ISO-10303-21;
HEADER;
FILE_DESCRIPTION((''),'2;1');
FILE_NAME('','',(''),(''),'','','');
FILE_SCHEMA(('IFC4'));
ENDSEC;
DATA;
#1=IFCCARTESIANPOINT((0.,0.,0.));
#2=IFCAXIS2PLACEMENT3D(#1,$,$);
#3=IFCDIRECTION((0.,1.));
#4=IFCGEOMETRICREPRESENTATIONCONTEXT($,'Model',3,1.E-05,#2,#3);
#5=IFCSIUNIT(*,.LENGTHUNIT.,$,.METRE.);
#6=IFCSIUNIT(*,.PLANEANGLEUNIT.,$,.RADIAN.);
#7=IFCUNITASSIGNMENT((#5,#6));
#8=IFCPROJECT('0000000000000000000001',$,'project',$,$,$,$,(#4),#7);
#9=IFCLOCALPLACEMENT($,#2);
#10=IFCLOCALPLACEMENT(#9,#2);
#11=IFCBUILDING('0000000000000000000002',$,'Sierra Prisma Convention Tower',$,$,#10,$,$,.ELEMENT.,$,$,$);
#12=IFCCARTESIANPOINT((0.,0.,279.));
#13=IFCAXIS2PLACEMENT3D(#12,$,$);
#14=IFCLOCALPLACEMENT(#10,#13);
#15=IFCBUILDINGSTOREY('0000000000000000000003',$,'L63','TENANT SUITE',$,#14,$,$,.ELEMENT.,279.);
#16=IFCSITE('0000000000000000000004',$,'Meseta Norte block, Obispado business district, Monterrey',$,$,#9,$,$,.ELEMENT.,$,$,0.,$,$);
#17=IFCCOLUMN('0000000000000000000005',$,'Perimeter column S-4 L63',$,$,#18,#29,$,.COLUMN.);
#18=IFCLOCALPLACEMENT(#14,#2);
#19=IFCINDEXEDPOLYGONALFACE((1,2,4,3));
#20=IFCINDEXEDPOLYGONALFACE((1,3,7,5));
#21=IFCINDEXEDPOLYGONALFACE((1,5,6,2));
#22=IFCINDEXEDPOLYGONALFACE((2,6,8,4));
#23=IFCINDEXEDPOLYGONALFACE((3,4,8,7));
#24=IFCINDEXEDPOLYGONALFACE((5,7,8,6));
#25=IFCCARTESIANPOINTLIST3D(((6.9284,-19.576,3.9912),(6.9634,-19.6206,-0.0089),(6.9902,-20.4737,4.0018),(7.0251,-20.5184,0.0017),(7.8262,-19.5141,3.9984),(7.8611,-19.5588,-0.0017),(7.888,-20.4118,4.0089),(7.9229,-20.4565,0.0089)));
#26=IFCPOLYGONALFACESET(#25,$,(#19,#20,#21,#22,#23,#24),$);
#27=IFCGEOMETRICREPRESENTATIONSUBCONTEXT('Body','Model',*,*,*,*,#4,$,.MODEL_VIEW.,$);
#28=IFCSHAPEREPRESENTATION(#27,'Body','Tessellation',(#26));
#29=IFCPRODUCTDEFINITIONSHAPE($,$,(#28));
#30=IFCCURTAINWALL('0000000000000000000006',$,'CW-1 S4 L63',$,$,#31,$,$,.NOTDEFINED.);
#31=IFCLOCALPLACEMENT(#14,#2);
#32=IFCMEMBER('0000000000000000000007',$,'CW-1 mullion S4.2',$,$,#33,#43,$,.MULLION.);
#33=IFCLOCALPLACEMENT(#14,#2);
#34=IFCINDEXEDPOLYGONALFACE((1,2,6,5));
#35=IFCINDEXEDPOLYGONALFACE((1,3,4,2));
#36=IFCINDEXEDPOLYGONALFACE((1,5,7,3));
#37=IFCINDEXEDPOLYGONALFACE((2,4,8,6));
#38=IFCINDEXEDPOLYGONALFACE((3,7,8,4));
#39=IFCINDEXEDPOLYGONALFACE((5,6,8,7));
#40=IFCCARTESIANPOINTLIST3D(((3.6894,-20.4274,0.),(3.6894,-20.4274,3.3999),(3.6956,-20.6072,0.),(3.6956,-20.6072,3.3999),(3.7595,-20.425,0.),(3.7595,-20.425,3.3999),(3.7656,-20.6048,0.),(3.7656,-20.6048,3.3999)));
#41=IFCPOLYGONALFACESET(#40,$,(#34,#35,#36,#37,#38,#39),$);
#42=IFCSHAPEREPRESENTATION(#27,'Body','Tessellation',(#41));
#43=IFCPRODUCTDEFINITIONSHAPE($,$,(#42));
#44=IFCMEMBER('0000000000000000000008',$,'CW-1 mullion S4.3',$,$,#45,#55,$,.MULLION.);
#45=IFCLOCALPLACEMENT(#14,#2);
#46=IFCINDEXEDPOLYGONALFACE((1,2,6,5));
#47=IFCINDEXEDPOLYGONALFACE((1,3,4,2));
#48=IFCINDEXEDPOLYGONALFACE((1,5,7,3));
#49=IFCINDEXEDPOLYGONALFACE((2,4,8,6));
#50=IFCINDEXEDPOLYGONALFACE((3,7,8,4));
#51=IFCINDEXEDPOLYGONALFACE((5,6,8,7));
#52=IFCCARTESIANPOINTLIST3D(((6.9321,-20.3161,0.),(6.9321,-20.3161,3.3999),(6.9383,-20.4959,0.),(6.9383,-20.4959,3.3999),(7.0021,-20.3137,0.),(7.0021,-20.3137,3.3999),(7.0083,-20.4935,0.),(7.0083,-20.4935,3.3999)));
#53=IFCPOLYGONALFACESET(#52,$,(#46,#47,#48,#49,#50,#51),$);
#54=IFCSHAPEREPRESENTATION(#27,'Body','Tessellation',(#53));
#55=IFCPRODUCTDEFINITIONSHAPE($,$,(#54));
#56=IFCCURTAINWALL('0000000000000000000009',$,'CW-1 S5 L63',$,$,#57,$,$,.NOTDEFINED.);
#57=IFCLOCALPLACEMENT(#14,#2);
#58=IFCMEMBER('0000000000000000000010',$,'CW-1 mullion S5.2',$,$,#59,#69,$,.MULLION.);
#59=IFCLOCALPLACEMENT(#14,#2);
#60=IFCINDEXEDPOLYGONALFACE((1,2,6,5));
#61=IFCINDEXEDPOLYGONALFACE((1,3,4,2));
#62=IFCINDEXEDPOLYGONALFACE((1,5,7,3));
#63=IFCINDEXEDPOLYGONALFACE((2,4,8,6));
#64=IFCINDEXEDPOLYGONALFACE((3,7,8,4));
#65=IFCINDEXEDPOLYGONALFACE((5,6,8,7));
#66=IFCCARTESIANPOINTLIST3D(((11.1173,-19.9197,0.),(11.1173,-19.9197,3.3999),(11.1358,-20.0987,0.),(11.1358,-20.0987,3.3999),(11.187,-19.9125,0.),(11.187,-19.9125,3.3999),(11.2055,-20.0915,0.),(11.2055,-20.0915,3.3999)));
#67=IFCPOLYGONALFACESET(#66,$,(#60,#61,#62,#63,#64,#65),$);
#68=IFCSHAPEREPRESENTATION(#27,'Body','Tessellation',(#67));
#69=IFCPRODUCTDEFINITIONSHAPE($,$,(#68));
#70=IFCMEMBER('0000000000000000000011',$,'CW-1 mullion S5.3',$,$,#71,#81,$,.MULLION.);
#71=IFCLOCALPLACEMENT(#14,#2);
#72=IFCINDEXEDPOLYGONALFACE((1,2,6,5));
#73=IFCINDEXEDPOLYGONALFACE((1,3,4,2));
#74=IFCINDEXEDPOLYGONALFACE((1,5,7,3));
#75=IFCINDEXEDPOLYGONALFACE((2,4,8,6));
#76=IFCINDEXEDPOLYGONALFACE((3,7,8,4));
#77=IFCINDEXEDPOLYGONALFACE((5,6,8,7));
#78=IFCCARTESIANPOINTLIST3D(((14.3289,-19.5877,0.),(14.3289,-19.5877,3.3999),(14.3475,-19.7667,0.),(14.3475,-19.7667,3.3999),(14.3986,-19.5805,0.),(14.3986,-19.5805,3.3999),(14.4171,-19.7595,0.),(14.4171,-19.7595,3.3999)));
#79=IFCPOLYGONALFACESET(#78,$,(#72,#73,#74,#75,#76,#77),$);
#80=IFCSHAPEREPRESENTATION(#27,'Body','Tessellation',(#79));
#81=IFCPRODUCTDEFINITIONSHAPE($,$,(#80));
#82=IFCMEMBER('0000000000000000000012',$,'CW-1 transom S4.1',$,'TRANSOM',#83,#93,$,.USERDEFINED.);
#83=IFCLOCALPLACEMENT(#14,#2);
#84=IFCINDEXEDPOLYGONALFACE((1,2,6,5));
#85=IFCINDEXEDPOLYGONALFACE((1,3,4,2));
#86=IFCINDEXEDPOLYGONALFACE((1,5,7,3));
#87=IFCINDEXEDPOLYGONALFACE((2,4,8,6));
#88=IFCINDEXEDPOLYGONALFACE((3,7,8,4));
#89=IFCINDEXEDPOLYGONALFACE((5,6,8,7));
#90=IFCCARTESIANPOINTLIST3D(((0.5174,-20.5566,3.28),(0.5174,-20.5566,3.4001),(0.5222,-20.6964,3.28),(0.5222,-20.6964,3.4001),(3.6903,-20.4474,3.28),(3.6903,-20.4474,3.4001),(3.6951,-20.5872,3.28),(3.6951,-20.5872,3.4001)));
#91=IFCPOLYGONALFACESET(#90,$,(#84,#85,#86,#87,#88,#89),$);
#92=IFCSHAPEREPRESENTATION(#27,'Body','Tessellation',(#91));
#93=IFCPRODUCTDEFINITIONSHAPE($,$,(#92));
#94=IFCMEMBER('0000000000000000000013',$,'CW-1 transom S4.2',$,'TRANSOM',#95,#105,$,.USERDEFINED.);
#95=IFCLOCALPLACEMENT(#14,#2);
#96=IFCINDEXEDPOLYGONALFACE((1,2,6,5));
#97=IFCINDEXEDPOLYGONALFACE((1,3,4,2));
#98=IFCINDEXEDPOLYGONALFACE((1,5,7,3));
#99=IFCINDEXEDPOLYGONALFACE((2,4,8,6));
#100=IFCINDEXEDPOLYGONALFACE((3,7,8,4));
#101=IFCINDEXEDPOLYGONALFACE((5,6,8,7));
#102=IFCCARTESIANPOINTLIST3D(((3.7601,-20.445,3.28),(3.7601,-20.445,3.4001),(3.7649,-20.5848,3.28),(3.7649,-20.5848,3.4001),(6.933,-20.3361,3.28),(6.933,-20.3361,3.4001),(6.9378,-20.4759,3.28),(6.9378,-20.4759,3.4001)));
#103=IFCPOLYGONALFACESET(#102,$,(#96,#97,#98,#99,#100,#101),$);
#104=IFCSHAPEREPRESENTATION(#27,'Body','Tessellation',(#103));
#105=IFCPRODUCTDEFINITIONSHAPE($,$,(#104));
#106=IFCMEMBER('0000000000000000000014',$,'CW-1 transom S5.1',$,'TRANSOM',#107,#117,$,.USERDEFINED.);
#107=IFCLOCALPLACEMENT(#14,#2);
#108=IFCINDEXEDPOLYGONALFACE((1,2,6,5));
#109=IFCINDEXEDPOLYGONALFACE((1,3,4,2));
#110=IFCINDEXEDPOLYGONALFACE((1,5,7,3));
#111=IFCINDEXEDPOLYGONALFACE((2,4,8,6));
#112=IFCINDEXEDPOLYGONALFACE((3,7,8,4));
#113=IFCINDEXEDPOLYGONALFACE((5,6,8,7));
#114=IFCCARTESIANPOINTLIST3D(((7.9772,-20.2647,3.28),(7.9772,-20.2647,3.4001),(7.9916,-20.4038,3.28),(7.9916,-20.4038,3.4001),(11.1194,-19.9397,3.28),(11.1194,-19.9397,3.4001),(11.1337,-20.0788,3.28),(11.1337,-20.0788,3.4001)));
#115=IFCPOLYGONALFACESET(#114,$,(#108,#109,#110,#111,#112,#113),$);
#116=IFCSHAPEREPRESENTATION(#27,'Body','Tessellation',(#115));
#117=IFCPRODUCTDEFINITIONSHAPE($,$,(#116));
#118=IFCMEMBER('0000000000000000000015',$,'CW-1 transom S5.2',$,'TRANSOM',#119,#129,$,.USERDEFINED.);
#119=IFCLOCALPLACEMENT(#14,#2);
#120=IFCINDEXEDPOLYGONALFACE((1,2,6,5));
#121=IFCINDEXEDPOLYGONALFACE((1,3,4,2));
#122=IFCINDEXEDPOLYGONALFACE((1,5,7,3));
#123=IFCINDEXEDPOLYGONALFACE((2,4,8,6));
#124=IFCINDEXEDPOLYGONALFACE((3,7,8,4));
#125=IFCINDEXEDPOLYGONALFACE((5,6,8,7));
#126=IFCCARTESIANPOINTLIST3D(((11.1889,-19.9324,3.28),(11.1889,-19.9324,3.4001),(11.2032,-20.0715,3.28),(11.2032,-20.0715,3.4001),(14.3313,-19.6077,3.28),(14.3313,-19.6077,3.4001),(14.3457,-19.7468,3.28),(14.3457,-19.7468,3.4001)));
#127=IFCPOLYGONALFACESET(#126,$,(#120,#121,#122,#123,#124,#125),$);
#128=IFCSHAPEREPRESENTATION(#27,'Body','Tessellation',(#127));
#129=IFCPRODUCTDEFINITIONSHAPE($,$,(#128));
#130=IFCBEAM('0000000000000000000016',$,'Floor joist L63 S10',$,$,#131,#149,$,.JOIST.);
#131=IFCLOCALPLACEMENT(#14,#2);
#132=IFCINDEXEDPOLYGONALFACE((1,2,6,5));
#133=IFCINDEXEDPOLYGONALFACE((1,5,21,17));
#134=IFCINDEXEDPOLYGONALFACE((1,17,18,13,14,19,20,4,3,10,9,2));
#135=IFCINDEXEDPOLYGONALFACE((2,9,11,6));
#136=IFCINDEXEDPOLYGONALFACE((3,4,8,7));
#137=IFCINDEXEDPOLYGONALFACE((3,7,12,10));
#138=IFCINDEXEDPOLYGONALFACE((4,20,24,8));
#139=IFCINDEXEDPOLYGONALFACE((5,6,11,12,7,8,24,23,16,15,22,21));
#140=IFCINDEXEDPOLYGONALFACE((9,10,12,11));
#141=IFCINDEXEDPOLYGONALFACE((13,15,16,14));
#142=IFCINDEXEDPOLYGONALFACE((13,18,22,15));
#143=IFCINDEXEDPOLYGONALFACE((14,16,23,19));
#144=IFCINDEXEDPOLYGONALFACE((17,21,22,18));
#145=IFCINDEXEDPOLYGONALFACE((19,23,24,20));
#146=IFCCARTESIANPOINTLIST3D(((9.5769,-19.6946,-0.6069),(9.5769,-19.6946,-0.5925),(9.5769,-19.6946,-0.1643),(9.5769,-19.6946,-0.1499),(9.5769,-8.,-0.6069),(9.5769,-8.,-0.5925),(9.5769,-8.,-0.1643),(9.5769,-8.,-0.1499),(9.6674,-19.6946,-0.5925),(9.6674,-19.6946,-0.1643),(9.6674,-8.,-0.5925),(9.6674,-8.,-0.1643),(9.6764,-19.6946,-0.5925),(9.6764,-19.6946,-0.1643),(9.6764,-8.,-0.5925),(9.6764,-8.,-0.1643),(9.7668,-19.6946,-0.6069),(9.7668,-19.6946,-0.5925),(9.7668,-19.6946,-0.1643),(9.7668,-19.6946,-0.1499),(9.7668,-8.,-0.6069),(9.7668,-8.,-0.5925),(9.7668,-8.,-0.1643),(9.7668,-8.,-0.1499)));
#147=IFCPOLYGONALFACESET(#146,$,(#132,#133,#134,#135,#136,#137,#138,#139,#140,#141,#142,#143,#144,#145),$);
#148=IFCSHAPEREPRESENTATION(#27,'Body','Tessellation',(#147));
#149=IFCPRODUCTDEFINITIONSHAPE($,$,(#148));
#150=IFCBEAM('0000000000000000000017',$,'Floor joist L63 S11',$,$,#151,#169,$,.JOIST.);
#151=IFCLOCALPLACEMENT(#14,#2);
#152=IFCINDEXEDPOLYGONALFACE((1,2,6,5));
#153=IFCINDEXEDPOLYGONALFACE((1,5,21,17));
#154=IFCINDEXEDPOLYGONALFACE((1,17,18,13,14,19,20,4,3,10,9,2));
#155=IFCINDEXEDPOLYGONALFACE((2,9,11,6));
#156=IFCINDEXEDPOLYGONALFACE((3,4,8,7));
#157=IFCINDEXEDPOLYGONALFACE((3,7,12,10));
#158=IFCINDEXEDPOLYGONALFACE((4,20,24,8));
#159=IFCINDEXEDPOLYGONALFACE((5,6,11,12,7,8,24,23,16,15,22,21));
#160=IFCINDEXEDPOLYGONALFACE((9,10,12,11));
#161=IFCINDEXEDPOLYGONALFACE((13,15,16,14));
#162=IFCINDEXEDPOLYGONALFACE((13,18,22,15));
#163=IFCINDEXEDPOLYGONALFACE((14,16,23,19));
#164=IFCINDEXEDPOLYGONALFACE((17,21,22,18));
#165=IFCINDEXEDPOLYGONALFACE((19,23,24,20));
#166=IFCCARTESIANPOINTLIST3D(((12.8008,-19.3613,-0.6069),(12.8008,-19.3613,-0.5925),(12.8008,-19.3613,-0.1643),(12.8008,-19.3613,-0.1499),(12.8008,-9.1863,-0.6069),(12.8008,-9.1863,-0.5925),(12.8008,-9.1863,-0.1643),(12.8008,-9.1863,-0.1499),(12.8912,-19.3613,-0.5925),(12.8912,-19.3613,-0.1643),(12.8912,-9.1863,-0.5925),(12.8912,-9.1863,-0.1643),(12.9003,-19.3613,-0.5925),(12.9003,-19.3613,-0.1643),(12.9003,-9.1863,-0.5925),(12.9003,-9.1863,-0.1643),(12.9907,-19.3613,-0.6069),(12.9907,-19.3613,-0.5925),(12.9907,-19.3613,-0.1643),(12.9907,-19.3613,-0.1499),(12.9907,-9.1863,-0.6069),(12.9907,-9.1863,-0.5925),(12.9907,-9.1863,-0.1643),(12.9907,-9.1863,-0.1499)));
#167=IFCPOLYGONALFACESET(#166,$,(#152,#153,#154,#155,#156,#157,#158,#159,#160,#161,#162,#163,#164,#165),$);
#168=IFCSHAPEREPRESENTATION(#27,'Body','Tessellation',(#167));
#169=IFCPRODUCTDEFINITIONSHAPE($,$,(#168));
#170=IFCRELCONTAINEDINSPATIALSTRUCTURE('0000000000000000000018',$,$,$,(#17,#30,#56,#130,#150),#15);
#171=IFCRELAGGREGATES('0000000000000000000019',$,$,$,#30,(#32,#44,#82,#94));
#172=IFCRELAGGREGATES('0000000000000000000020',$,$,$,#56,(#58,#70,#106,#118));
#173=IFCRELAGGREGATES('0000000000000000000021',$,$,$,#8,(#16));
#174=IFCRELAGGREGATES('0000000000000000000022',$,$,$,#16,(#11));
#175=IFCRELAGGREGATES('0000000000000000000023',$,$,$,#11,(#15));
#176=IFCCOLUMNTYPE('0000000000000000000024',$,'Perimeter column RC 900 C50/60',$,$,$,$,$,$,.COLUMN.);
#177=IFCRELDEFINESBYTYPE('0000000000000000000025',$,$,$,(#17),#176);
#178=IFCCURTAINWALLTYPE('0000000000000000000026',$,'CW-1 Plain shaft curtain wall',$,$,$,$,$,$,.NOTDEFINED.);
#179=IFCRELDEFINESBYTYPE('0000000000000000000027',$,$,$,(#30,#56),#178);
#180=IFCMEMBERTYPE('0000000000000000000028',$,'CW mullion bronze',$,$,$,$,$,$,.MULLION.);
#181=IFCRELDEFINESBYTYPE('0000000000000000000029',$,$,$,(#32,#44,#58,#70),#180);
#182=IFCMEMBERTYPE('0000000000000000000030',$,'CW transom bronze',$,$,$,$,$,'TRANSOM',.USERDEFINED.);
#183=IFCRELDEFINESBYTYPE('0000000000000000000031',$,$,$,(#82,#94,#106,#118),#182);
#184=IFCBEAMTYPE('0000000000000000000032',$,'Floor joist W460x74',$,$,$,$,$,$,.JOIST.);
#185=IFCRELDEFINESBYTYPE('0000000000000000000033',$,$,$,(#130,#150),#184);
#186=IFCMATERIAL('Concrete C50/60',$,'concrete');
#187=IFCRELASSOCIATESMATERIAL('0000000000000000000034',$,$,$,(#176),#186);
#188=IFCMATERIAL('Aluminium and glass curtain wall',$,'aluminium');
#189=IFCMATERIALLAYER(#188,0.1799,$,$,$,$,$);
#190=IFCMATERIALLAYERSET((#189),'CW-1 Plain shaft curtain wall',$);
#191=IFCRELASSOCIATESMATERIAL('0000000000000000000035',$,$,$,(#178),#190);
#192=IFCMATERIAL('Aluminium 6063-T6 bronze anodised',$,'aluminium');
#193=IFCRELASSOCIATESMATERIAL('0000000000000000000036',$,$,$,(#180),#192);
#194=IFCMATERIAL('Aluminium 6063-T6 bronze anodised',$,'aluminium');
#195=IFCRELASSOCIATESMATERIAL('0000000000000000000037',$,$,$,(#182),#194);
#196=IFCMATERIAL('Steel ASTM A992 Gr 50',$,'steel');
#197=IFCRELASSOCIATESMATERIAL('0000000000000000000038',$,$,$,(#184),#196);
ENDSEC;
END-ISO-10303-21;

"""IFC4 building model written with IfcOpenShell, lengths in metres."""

from ifc_helpers import new_model, si_unit, direction, frame, origin, origin_2d, place, context, subcontext, project, spatial, rectangle, i_section, extrude, material, layer, layer_set, material_profile, profile_set, type_object, element, aggregate, save


model = new_model("IFC4")

# Units and contexts
model_context = context("Model", 3, precision=1e-05, world=origin(), true_north=direction((0.0, 1.0)))
body_context = subcontext(model_context, "Body", "Model", "MODEL_VIEW")
ifc_project = project(units=[si_unit("LENGTHUNIT", "METRE"), si_unit("PLANEANGLEUNIT", "RADIAN")], contexts=[model_context])

# Site, building, storey
site_placement = place(None, origin())
site = spatial("IfcSite", under=ifc_project, at=site_placement, Name="Meseta Norte block, Obispado business district, Monterrey", CompositionType="ELEMENT", RefElevation=0.0)
building_placement = place(site_placement, origin())
building = spatial("IfcBuilding", under=site, at=building_placement, Name="Sierra Prisma Convention Tower", CompositionType="ELEMENT")
storey_placement = place(building_placement, frame((0.0, 0.0, 279.0)))
storey = spatial("IfcBuildingStorey", under=building, at=storey_placement, Name="L63", Description="TENANT SUITE", CompositionType="ELEMENT", Elevation=279.0)

# Column
ifc_material_1 = material(Name="Concrete C50/60", Category="concrete")
ifc_material_profile_1 = material_profile(ifc_material_1, rectangle(XDim=0.8999, YDim=0.8999, at=origin_2d()), Name="Perimeter column RC 900 C50/60")
ifc_profile_set_1 = profile_set([ifc_material_profile_1], Name="Concrete C50/60")
column_type = type_object("IfcColumnType", Name="Perimeter column RC 900 C50/60", PredefinedType="COLUMN", material=ifc_profile_set_1)
column_placement = place(storey_placement, frame((7.4431, -20.0386, 0.0), z_axis=(-0.008727, 0.011168, 0.9999), x_axis=(0.997603, 0.068737, 0.007939)))
element("IfcColumn", 1, at=column_placement, inside=storey, type_object=column_type, Name="Perimeter column S-4 L63", PredefinedType="COLUMN", context=body_context, shape_type="SweptSolid", body=[
    extrude(rectangle(XDim=0.8999, YDim=0.8999, at=origin_2d()), origin(), (0.0, 0.0, 1.0), 4.0005),
])

# Curtain walls, members
ifc_material_2 = material(Name="Aluminium and glass curtain wall", Category="aluminium")
ifc_layer_1 = layer(ifc_material_2, 0.1799)
ifc_layer_set_1 = layer_set([ifc_layer_1], Name="CW-1 Plain shaft curtain wall")
curtain_wall_type = type_object("IfcCurtainWallType", Name="CW-1 Plain shaft curtain wall", PredefinedType="NOTDEFINED", material=ifc_layer_set_1)
curtain_wall_1_placement = place(storey_placement, origin())
curtain_wall_1 = element("IfcCurtainWall", 2, at=curtain_wall_1_placement, inside=storey, type_object=curtain_wall_type, Name="CW-1 S4 L63", PredefinedType="NOTDEFINED")
ifc_material_3 = material(Name="Aluminium 6063-T6 bronze anodised", Category="aluminium")
ifc_material_profile_2 = material_profile(ifc_material_3, rectangle(XDim=0.1799, YDim=0.0701, at=origin_2d()), Name="ALU MULLION 70x180")
ifc_profile_set_2 = profile_set([ifc_material_profile_2], Name="Aluminium 6063-T6 bronze anodised")
member_type_1 = type_object("IfcMemberType", Name="CW mullion bronze", PredefinedType="MULLION", material=ifc_profile_set_2)
member_1_placement = place(storey_placement, frame((3.7275, -20.5161, 0.0), z_axis=(0.0, 0.0, 1.0), x_axis=(-0.034342, 0.99941, 0.0)))
member_1 = element("IfcMember", 3, at=member_1_placement, type_object=member_type_1, Name="CW-1 mullion S4.2", PredefinedType="MULLION", context=body_context, shape_type="SweptSolid", body=[
    extrude(rectangle(XDim=0.1799, YDim=0.0701, at=origin_2d()), origin(), (0.0, 0.0, 1.0), 3.3999),
])
member_2_placement = place(storey_placement, frame((6.9702, -20.4048, 0.0), z_axis=(0.0, 0.0, 1.0), x_axis=(-0.034342, 0.99941, 0.0)))
member_2 = element("IfcMember", 4, at=member_2_placement, type_object=member_type_1, Name="CW-1 mullion S4.3", PredefinedType="MULLION", context=body_context, shape_type="SweptSolid", body=[
    extrude(rectangle(XDim=0.1799, YDim=0.0701, at=origin_2d()), origin(), (0.0, 0.0, 1.0), 3.3999),
])
curtain_wall_2_placement = place(storey_placement, origin())
curtain_wall_2 = element("IfcCurtainWall", 5, at=curtain_wall_2_placement, inside=storey, type_object=curtain_wall_type, Name="CW-1 S5 L63", PredefinedType="NOTDEFINED")
member_3_placement = place(storey_placement, frame((11.1614, -20.0056, 0.0), z_axis=(0.0, 0.0, 1.0), x_axis=(-0.102865, 0.994695, 0.0)))
member_3 = element("IfcMember", 6, at=member_3_placement, type_object=member_type_1, Name="CW-1 mullion S5.2", PredefinedType="MULLION", context=body_context, shape_type="SweptSolid", body=[
    extrude(rectangle(XDim=0.1799, YDim=0.0701, at=origin_2d()), origin(), (0.0, 0.0, 1.0), 3.3999),
])
member_4_placement = place(storey_placement, frame((14.373, -19.6736, 0.0), z_axis=(0.0, 0.0, 1.0), x_axis=(-0.102865, 0.994695, 0.0)))
member_4 = element("IfcMember", 7, at=member_4_placement, type_object=member_type_1, Name="CW-1 mullion S5.3", PredefinedType="MULLION", context=body_context, shape_type="SweptSolid", body=[
    extrude(rectangle(XDim=0.1799, YDim=0.0701, at=origin_2d()), origin(), (0.0, 0.0, 1.0), 3.3999),
])

# Members
ifc_material_4 = material(Name="Aluminium 6063-T6 bronze anodised", Category="aluminium")
ifc_material_profile_3 = material_profile(ifc_material_4, rectangle(XDim=0.1399, YDim=0.1201, at=origin_2d()), Name="ALU TRANSOM 120x140")
ifc_profile_set_3 = profile_set([ifc_material_profile_3], Name="Aluminium 6063-T6 bronze anodised")
member_type_2 = type_object("IfcMemberType", Name="CW transom bronze", ElementType="TRANSOM", PredefinedType="USERDEFINED", material=ifc_profile_set_3)
member_5_placement = place(storey_placement, frame((0.5198, -20.6265, 3.3401), z_axis=(0.999409, 0.034375, 0.0), x_axis=(-0.034375, 0.999409, 0.0)))
member_5 = element("IfcMember", 8, at=member_5_placement, type_object=member_type_2, Name="CW-1 transom S4.1", ObjectType="TRANSOM", PredefinedType="USERDEFINED", context=body_context, shape_type="SweptSolid", body=[
    extrude(rectangle(XDim=0.1399, YDim=0.1201, at=origin_2d()), origin(), (0.0, 0.0, 1.0), 3.1748),
])
member_6_placement = place(storey_placement, frame((3.7625, -20.5149, 3.3401), z_axis=(0.999412, 0.034298, 0.0), x_axis=(-0.034298, 0.999412, 0.0)))
member_6 = element("IfcMember", 9, at=member_6_placement, type_object=member_type_2, Name="CW-1 transom S4.2", ObjectType="TRANSOM", PredefinedType="USERDEFINED", context=body_context, shape_type="SweptSolid", body=[
    extrude(rectangle(XDim=0.1399, YDim=0.1201, at=origin_2d()), origin(), (0.0, 0.0, 1.0), 3.1748),
])
member_7_placement = place(storey_placement, frame((7.9844, -20.3342, 3.3401), z_axis=(0.994695, 0.10287, 0.0), x_axis=(-0.10287, 0.994695, 0.0)))
member_7 = element("IfcMember", 10, at=member_7_placement, type_object=member_type_2, Name="CW-1 transom S5.1", ObjectType="TRANSOM", PredefinedType="USERDEFINED", context=body_context, shape_type="SweptSolid", body=[
    extrude(rectangle(XDim=0.1399, YDim=0.1201, at=origin_2d()), origin(), (0.0, 0.0, 1.0), 3.1589),
])
member_8_placement = place(storey_placement, frame((11.196, -20.002, 3.3401), z_axis=(0.994704, 0.102786, 0.0), x_axis=(-0.102786, 0.994704, 0.0)))
member_8 = element("IfcMember", 11, at=member_8_placement, type_object=member_type_2, Name="CW-1 transom S5.2", ObjectType="TRANSOM", PredefinedType="USERDEFINED", context=body_context, shape_type="SweptSolid", body=[
    extrude(rectangle(XDim=0.1399, YDim=0.1201, at=origin_2d()), origin(), (0.0, 0.0, 1.0), 3.1592),
])

# Beams
ifc_material_5 = material(Name="Steel ASTM A992 Gr 50", Category="steel")
ifc_material_profile_4 = material_profile(ifc_material_5, i_section(OverallWidth=0.1899, OverallDepth=0.457, WebThickness=0.009, FlangeThickness=0.0144, at=origin_2d()), Name="W460x74")
ifc_profile_set_4 = profile_set([ifc_material_profile_4], Name="Steel ASTM A992 Gr 50")
beam_type_1 = type_object("IfcBeamType", Name="Floor joist W460x74", PredefinedType="JOIST", material=ifc_profile_set_4)
beam_1_placement = place(storey_placement, frame((9.6719, -19.6946, -0.3784), z_axis=(0.0, 1.0, 0.0), x_axis=(-1.0, 0.0, 0.0)))
element("IfcBeam", 12, at=beam_1_placement, inside=storey, type_object=beam_type_1, Name="Floor joist L63 S10", PredefinedType="JOIST", context=body_context, shape_type="SweptSolid", body=[
    extrude(i_section(OverallWidth=0.1899, OverallDepth=0.457, WebThickness=0.009, FlangeThickness=0.0144, at=origin_2d()), origin(), (0.0, 0.0, 1.0), 11.6946),
])
beam_2_placement = place(storey_placement, frame((12.8958, -19.3613, -0.3784), z_axis=(0.0, 1.0, 0.0), x_axis=(-1.0, 0.0, 0.0)))
element("IfcBeam", 13, at=beam_2_placement, inside=storey, type_object=beam_type_1, Name="Floor joist L63 S11", PredefinedType="JOIST", context=body_context, shape_type="SweptSolid", body=[
    extrude(i_section(OverallWidth=0.1899, OverallDepth=0.457, WebThickness=0.009, FlangeThickness=0.0144, at=origin_2d()), origin(), (0.0, 0.0, 1.0), 10.175),
])

aggregate(curtain_wall_1, [member_1, member_2, member_5, member_6])
aggregate(curtain_wall_2, [member_3, member_4, member_7, member_8])

save(model, "model.ifc")
